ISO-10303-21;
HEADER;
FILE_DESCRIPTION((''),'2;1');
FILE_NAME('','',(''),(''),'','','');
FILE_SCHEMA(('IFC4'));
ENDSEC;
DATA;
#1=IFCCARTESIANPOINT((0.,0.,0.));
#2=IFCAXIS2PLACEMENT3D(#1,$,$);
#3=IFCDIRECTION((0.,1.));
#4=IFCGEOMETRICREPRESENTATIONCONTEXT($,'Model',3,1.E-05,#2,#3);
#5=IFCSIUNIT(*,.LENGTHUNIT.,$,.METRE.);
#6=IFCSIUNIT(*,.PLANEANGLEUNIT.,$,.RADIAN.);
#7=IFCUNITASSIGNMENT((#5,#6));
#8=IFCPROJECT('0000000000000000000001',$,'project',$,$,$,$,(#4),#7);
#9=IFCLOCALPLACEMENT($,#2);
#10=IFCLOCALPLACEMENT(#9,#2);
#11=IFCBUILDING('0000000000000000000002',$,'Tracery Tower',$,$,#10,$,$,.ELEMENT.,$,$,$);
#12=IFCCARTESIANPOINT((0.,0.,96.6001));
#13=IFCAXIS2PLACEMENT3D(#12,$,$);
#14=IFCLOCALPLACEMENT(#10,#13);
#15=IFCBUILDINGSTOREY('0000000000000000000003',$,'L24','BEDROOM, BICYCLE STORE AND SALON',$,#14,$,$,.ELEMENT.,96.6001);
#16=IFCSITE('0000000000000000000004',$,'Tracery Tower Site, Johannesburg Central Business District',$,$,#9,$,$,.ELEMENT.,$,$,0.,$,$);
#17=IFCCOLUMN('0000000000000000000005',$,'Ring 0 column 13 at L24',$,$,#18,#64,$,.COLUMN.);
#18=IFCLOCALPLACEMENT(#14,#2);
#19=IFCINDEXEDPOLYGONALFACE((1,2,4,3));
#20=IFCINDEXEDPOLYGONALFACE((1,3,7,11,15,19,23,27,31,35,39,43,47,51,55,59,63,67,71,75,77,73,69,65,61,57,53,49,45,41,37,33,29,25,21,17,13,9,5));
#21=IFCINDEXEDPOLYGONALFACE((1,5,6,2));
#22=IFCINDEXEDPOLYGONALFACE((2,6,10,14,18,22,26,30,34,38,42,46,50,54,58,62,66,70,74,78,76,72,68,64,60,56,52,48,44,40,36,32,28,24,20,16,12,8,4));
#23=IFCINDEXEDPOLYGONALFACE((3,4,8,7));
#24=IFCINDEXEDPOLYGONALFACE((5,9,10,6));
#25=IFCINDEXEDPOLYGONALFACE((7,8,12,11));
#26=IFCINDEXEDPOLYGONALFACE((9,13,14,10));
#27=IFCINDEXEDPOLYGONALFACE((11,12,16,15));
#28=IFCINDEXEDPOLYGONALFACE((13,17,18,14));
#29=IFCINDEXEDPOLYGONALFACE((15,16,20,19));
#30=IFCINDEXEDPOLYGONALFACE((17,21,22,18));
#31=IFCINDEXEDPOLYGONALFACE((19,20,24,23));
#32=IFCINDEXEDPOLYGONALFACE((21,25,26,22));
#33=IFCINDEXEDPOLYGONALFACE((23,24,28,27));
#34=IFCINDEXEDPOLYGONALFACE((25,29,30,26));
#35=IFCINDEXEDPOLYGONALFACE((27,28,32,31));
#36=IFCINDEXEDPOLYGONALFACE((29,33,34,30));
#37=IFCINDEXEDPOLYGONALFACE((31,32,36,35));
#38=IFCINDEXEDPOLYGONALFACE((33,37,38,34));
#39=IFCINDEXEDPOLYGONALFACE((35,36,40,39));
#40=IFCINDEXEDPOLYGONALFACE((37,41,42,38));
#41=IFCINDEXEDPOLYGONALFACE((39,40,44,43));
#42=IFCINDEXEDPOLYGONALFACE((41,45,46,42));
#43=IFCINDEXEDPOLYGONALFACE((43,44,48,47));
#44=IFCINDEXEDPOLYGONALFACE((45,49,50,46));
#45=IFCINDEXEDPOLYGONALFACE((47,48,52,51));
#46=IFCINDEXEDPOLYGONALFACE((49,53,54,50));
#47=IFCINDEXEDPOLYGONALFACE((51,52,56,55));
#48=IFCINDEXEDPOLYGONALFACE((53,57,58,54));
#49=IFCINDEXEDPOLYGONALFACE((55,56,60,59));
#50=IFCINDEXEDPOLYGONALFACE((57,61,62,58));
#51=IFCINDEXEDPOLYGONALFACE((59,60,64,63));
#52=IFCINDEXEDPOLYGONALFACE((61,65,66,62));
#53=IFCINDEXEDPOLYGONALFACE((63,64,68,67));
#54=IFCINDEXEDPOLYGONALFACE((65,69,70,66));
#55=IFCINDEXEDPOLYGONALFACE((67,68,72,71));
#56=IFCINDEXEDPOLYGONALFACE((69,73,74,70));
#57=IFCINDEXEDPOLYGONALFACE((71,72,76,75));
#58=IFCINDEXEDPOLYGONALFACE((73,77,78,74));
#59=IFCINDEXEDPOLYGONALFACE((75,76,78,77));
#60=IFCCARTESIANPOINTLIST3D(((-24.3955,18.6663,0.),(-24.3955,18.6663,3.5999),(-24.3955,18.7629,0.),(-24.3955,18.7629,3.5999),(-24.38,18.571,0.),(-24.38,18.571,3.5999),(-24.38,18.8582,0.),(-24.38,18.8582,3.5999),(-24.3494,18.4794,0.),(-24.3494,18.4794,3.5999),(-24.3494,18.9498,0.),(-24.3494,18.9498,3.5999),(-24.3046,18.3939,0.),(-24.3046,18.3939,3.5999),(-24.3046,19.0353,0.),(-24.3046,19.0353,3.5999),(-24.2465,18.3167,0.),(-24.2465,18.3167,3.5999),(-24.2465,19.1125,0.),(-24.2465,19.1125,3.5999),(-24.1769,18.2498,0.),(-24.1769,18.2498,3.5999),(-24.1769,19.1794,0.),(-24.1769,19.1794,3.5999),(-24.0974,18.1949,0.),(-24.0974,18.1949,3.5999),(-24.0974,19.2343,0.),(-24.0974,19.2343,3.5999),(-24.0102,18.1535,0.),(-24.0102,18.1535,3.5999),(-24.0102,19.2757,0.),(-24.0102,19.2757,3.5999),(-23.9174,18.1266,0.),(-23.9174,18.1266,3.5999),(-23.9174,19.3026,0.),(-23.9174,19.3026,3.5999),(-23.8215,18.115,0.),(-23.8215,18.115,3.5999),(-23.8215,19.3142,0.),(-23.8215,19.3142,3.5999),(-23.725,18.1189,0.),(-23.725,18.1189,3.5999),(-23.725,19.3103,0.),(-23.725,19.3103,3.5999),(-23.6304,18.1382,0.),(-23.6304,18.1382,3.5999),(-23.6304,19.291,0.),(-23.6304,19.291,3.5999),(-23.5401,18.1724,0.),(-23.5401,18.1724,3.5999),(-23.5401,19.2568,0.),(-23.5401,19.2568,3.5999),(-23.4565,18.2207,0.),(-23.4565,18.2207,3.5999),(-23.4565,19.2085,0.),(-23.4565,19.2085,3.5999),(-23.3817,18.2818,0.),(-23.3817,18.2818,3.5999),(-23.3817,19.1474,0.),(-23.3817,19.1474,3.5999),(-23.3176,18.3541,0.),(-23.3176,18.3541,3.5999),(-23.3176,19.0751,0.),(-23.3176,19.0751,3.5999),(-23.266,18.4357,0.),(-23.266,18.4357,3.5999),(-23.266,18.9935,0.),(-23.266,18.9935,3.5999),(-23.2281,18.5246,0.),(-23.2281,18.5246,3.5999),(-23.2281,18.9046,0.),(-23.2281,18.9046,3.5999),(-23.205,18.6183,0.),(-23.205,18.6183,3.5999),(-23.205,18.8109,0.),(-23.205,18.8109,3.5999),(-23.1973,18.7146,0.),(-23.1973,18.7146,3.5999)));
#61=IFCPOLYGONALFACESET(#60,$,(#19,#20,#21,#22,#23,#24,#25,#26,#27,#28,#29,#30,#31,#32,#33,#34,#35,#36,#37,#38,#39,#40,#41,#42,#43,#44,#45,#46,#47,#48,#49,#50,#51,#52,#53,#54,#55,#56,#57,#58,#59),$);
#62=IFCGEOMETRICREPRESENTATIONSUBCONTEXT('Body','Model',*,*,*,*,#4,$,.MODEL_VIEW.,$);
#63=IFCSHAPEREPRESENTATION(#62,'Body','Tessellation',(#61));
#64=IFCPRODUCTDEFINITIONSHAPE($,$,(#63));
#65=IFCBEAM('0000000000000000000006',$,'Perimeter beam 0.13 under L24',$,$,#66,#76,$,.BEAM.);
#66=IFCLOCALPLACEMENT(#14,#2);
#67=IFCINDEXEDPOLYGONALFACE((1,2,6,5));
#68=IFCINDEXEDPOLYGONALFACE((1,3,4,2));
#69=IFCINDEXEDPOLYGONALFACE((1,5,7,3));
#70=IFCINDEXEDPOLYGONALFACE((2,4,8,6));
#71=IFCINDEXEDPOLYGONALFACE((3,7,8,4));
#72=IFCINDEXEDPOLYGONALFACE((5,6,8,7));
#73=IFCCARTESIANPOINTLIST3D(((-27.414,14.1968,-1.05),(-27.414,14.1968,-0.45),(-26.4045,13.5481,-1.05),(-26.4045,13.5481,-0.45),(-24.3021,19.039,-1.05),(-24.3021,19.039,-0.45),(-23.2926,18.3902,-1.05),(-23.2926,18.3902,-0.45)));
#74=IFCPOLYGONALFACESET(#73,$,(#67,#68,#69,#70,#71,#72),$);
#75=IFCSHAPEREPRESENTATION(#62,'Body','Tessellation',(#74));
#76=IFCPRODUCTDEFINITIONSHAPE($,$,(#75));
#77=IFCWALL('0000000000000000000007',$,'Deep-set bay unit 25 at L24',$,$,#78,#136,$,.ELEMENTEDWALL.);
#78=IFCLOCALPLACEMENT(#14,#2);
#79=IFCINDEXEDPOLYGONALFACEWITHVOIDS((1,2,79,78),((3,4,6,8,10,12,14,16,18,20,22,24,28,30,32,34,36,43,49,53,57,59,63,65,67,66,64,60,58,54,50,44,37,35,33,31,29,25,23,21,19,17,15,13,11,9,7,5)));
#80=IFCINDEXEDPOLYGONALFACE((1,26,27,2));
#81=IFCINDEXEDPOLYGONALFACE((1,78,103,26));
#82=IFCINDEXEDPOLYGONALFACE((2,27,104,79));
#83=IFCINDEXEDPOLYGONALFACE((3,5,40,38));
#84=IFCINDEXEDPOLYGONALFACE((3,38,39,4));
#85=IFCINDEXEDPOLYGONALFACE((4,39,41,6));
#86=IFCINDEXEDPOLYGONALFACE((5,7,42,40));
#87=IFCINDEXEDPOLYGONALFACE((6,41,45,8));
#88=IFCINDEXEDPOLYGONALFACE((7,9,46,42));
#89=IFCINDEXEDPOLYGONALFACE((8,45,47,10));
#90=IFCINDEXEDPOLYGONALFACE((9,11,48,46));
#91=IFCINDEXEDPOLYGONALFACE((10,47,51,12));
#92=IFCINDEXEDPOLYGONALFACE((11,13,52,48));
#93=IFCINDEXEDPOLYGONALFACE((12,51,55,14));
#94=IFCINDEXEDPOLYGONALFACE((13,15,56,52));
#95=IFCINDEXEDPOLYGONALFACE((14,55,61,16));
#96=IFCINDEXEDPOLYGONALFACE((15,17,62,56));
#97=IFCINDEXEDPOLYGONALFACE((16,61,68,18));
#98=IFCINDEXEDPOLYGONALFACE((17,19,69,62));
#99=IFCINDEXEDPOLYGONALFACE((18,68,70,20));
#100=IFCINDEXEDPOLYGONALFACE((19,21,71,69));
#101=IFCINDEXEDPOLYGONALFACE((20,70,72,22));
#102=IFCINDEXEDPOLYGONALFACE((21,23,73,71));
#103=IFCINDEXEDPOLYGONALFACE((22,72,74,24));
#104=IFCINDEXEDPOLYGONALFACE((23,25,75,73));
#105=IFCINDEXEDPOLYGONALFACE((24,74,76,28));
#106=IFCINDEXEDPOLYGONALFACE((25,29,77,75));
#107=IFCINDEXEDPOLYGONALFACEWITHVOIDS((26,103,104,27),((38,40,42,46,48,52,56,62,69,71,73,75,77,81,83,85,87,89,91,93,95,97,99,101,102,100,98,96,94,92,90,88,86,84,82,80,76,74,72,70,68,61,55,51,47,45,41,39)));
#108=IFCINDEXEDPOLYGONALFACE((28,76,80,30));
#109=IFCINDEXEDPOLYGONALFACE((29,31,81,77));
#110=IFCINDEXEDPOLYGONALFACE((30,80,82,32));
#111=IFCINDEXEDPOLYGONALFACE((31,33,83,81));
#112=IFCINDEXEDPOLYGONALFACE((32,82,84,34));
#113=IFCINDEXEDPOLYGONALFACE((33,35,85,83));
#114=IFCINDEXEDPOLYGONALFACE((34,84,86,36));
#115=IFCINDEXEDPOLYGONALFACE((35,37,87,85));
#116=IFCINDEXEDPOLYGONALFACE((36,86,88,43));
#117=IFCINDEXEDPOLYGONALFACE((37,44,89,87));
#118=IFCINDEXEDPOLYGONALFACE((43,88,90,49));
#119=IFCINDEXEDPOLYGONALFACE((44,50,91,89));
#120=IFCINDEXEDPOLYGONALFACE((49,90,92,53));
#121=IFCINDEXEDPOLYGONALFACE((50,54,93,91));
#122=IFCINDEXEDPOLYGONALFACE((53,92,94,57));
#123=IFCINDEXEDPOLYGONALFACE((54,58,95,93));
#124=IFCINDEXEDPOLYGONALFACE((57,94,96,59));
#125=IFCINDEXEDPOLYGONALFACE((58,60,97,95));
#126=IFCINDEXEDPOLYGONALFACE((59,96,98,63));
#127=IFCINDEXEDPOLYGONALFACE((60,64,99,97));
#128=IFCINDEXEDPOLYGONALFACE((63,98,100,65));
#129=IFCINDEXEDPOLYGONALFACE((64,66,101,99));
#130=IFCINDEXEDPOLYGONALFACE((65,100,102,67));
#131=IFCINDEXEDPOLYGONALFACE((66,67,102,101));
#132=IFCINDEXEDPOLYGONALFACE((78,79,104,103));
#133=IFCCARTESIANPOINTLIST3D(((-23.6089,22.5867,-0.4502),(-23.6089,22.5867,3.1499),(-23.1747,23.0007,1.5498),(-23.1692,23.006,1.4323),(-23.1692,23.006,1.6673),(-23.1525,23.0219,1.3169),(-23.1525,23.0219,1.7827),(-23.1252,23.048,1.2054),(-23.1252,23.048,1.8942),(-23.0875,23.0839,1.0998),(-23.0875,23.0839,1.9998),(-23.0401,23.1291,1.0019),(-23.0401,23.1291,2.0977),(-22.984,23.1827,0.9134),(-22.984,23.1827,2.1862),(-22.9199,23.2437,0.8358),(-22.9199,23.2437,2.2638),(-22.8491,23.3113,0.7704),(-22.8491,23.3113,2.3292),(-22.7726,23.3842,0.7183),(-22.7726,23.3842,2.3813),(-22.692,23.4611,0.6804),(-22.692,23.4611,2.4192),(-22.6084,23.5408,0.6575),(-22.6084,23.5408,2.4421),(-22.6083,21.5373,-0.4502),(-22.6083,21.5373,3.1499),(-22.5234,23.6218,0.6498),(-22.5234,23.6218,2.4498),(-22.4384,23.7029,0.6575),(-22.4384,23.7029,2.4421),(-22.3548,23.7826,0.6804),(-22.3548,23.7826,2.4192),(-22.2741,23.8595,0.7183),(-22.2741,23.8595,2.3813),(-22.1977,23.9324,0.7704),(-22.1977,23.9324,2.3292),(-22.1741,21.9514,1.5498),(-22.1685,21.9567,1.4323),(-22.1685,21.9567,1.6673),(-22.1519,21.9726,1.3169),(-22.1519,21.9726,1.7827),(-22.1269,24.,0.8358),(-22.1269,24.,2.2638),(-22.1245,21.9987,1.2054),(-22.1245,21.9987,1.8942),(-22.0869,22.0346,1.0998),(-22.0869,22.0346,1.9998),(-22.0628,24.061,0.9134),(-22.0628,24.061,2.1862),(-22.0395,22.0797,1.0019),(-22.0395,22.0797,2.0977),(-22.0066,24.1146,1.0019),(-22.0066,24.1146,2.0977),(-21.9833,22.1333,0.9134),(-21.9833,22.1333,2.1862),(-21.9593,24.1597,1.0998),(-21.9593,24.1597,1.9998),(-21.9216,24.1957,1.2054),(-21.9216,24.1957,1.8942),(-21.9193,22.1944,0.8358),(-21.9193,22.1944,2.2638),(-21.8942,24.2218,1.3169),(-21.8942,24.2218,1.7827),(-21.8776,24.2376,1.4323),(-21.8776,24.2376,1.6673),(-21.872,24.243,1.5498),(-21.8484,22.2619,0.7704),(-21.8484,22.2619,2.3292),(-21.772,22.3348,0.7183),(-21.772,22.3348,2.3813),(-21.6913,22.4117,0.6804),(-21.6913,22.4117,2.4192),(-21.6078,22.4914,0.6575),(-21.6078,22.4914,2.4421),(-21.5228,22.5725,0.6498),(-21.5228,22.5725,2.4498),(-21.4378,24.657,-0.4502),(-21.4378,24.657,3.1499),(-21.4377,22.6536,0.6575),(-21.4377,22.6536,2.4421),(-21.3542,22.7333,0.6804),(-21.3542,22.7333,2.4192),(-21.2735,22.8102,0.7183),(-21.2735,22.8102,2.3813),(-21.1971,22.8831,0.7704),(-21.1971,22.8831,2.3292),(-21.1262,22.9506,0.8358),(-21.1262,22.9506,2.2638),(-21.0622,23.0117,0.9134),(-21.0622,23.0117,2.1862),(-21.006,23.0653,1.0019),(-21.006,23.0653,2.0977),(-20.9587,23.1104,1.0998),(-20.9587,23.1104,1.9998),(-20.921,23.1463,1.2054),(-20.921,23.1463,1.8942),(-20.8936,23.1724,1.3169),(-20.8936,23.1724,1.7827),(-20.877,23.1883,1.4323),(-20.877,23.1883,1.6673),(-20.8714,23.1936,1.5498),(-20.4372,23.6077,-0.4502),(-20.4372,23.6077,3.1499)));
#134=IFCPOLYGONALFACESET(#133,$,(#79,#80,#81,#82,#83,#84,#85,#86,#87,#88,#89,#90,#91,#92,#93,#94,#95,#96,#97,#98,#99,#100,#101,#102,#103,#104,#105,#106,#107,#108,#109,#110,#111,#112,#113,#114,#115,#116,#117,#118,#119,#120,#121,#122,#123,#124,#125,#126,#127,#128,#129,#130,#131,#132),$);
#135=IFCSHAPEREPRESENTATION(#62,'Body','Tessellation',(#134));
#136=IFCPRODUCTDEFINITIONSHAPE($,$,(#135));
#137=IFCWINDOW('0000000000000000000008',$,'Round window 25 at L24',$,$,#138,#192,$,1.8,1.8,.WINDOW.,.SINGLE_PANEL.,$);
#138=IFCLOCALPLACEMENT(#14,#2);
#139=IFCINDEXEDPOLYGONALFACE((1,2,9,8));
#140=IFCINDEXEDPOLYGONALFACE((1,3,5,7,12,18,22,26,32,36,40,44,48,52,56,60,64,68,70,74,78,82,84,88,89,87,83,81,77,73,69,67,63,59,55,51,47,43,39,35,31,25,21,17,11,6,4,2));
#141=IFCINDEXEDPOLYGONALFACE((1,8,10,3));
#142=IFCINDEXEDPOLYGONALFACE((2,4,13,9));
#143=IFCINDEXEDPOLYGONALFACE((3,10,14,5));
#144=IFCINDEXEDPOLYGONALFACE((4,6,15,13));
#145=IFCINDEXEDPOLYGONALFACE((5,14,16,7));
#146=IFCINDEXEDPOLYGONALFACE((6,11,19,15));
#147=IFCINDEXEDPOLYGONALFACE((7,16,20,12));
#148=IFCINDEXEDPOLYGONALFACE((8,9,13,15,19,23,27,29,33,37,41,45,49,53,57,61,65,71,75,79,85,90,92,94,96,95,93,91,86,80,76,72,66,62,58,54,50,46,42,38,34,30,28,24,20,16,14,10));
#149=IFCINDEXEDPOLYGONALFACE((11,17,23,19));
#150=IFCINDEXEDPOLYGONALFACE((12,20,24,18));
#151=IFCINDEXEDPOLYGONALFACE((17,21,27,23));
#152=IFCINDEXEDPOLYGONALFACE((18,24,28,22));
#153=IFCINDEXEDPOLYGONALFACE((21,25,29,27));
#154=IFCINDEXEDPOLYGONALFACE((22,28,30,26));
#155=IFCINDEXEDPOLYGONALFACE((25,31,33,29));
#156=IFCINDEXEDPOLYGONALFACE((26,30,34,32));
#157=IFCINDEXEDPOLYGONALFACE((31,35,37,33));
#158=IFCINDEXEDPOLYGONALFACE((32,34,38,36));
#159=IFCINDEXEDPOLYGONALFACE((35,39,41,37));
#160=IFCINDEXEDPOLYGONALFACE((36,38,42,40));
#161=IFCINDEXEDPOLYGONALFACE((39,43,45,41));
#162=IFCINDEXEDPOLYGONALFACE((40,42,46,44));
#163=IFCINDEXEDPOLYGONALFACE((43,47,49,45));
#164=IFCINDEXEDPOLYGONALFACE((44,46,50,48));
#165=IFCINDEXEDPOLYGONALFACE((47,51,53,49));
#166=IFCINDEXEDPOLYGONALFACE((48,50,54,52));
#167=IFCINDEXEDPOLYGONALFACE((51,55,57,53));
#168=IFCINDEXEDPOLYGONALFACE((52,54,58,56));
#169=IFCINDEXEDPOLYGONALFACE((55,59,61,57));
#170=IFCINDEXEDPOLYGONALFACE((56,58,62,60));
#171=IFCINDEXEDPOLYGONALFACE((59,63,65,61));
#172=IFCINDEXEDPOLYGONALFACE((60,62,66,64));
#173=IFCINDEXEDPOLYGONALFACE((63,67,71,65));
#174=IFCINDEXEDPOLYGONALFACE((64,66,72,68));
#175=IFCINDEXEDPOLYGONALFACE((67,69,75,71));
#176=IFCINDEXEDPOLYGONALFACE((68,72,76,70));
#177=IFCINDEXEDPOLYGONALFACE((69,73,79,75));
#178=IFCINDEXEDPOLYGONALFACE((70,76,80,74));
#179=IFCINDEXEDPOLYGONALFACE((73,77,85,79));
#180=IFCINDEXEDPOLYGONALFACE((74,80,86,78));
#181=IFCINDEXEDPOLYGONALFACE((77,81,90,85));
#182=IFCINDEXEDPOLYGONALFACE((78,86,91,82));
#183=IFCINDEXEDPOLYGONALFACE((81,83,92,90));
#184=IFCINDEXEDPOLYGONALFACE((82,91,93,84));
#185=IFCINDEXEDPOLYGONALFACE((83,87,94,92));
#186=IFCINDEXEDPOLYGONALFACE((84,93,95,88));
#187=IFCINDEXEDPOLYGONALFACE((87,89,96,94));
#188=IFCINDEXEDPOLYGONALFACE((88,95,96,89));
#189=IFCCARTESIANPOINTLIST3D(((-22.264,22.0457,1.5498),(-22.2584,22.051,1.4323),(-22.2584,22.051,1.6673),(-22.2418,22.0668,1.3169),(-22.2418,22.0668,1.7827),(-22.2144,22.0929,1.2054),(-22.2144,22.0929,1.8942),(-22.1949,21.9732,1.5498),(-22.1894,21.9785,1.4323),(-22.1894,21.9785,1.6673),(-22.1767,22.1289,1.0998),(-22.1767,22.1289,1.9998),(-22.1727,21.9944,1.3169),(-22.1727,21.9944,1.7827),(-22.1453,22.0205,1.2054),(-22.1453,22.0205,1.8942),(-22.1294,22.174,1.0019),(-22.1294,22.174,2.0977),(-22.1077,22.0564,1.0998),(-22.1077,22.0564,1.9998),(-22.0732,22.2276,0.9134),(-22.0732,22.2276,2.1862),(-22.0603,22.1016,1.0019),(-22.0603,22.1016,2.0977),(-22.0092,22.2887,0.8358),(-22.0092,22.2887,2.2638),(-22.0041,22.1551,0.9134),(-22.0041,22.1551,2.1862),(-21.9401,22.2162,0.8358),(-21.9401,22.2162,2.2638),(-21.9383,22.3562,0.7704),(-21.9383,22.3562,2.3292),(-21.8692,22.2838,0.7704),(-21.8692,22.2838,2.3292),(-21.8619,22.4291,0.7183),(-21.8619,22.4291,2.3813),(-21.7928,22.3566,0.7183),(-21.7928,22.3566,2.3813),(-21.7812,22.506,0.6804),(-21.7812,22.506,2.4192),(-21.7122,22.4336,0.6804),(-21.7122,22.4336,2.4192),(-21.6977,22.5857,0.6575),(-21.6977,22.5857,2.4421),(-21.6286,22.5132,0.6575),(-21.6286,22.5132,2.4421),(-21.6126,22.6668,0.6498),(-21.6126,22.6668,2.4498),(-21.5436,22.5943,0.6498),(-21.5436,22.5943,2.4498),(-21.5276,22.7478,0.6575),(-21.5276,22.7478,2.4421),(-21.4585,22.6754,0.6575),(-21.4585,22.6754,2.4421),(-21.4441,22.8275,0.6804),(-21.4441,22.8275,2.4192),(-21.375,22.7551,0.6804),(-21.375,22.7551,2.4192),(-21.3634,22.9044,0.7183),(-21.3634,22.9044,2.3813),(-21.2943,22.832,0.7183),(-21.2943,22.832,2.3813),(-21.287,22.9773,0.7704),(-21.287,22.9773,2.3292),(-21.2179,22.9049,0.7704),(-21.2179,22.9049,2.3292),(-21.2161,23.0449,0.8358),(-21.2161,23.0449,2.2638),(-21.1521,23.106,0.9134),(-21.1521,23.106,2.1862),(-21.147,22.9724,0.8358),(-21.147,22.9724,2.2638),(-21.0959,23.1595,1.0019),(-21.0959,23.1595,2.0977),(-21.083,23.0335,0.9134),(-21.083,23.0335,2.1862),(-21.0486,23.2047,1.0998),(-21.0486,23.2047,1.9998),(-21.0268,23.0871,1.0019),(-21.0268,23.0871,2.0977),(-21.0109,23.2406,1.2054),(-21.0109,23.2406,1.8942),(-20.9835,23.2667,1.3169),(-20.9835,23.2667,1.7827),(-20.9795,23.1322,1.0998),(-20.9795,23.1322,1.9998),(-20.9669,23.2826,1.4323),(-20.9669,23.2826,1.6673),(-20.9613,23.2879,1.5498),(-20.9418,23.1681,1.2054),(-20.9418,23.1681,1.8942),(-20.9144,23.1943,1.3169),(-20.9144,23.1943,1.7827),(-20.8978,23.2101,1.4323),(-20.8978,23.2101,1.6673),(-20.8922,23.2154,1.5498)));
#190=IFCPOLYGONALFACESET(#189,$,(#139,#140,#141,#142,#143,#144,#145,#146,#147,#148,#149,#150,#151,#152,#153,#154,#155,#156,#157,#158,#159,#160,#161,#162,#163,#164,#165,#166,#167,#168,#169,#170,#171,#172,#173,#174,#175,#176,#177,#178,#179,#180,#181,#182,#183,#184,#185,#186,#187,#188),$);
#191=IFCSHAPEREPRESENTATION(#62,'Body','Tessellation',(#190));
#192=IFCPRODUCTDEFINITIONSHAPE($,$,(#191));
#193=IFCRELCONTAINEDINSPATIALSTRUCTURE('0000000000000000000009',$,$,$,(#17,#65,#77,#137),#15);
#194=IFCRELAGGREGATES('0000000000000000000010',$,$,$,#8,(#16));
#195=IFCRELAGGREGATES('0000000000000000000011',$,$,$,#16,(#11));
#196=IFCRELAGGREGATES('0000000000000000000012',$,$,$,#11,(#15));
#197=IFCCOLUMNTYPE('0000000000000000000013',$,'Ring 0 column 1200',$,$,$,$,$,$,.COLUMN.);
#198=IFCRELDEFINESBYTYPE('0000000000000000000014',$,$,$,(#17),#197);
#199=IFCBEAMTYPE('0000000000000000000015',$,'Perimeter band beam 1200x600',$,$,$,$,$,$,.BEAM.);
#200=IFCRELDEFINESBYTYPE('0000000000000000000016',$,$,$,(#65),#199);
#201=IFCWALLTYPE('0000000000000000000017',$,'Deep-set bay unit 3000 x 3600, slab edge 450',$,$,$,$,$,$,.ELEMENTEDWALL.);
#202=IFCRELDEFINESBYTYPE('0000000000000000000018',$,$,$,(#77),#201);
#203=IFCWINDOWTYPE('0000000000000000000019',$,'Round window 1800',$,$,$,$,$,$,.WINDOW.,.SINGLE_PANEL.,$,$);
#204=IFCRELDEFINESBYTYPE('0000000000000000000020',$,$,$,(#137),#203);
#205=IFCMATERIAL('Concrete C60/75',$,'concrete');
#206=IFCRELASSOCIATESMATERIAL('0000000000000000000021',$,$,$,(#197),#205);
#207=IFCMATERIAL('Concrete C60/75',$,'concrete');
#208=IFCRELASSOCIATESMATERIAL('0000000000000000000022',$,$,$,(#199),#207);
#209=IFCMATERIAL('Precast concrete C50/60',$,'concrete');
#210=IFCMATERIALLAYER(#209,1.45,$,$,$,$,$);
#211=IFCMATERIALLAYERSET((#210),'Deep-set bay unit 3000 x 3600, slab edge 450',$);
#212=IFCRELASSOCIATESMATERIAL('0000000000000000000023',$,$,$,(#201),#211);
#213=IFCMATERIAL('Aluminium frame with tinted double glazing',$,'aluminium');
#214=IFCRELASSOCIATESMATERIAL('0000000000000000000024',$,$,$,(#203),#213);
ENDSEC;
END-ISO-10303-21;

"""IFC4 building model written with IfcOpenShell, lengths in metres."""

from ifc_helpers import new_model, si_unit, direction, frame, frame_2d, origin, origin_2d, place, context, subcontext, project, spatial, rectangle, circle, extrude, material, layer, layer_set, material_profile, profile_set, type_object, element, fill, save


model = new_model("IFC4")

# Units and contexts
model_context = context("Model", 3, precision=1e-05, world=origin(), true_north=direction((0.0, 1.0)))
body_context = subcontext(model_context, "Body", "Model", "MODEL_VIEW")
ifc_project = project(units=[si_unit("LENGTHUNIT", "METRE"), si_unit("PLANEANGLEUNIT", "RADIAN")], contexts=[model_context])

# Site, building, storey
site_placement = place(None, origin())
site = spatial("IfcSite", under=ifc_project, at=site_placement, Name="Tracery Tower Site, Johannesburg Central Business District", CompositionType="ELEMENT", RefElevation=0.0)
building_placement = place(site_placement, origin())
building = spatial("IfcBuilding", under=site, at=building_placement, Name="Tracery Tower", CompositionType="ELEMENT")
storey_placement = place(building_placement, frame((0.0, 0.0, 96.6001)))
storey = spatial("IfcBuildingStorey", under=building, at=storey_placement, Name="L24", Description="BEDROOM, BICYCLE STORE AND SALON", CompositionType="ELEMENT", Elevation=96.6001)

# Column
ifc_material_1 = material(Name="Concrete C60/75", Category="concrete")
ifc_material_profile_1 = material_profile(ifc_material_1, circle(Radius=0.6001, at=origin_2d()), Name="RC D1200")
ifc_profile_set_1 = profile_set([ifc_material_profile_1], Name="Concrete C60/75")
column_type = type_object("IfcColumnType", Name="Ring 0 column 1200", PredefinedType="COLUMN", material=ifc_profile_set_1)
column_placement = place(storey_placement, frame((-23.7974, 18.7146, 0.0), z_axis=(0.0, 0.0, 1.0), x_axis=(1.0, 0.0, 0.0)))
element("IfcColumn", 1, at=column_placement, inside=storey, type_object=column_type, Name="Ring 0 column 13 at L24", PredefinedType="COLUMN", context=body_context, shape_type="SweptSolid", body=[
    extrude(circle(Radius=0.6001, at=origin_2d()), origin(), (0.0, 0.0, 1.0), 3.5999),
])

# Beam
ifc_material_2 = material(Name="Concrete C60/75", Category="concrete")
ifc_material_profile_2 = material_profile(ifc_material_2, rectangle(XDim=1.2, YDim=0.6001, at=origin_2d()), Name="RC 1200x600")
ifc_profile_set_2 = profile_set([ifc_material_profile_2], Name="Concrete C60/75")
beam_type = type_object("IfcBeamType", Name="Perimeter band beam 1200x600", PredefinedType="BEAM", material=ifc_profile_set_2)
beam_placement = place(storey_placement, frame((-23.7974, 18.7146, -0.75), z_axis=(-0.540644, -0.841252, 0.0), x_axis=(0.841252, -0.540644, 0.0)))
element("IfcBeam", 2, at=beam_placement, inside=storey, type_object=beam_type, Name="Perimeter beam 0.13 under L24", PredefinedType="BEAM", context=body_context, shape_type="SweptSolid", body=[
    extrude(rectangle(XDim=1.2, YDim=0.6001, at=origin_2d()), origin(), (0.0, 0.0, 1.0), 5.7559),
])

# Wall, opening, window
ifc_material_3 = material(Name="Precast concrete C50/60", Category="concrete")
ifc_layer_1 = layer(ifc_material_3, 1.45)
ifc_layer_set_1 = layer_set([ifc_layer_1], Name="Deep-set bay unit 3000 x 3600, slab edge 450")
wall_type_1 = type_object("IfcWallType", Name="Deep-set bay unit 3000 x 3600, slab edge 450", PredefinedType="ELEMENTEDWALL", material=ifc_layer_set_1)
wall_1_placement = place(storey_placement, frame((-20.9375, 24.1323, -0.4502), z_axis=(0.0, 0.0, 1.0), x_axis=(-0.723712, -0.690102, 0.0)))
wall_1 = element("IfcWall", 3, at=wall_1_placement, inside=storey, type_object=wall_type_1, Name="Deep-set bay unit 25 at L24", PredefinedType="ELEMENTEDWALL", context=body_context, shape_type="SweptSolid", body=[
    extrude(rectangle(XDim=3.0, YDim=1.45, at=frame_2d((1.5, 0.0))), origin(), (0.0, 0.0, 1.0), 3.6001),
])
opening_1_placement = place(wall_1_placement, frame((1.5, 0.0, 2.0)))
opening_1 = element("IfcOpeningElement", 4, at=opening_1_placement, cuts=wall_1, PredefinedType="OPENING", context=body_context, shape_type="SweptSolid", body=[
    extrude(circle(Radius=0.9, at=origin_2d()), frame((0.0, 0.7349, 0.0), z_axis=(0.0, -1.0, 0.0), x_axis=(1.0, 0.0, 0.0)), (0.0, 0.0, 1.0), 1.47),
])
ifc_material_4 = material(Name="Aluminium frame with tinted double glazing", Category="aluminium")
window_type = type_object("IfcWindowType", Name="Round window 1800", PartitioningType="SINGLE_PANEL", PredefinedType="WINDOW", material=ifc_material_4)
window_1_placement = place(opening_1_placement, origin())
window_1 = element("IfcWindow", 5, at=window_1_placement, inside=storey, type_object=window_type, Name="Round window 25 at L24", OverallHeight=1.8, OverallWidth=1.8, PartitioningType="SINGLE_PANEL", PredefinedType="WINDOW", context=body_context, shape_type="SweptSolid", body=[
    extrude(circle(Radius=0.9, at=origin_2d()), frame((0.0, 0.6948, 0.0), z_axis=(0.0, -1.0, 0.0), x_axis=(1.0, 0.0, 0.0)), (0.0, 0.0, 1.0), 0.1001),
])
fill(opening_1, window_1)

save(model, "model.ifc")
